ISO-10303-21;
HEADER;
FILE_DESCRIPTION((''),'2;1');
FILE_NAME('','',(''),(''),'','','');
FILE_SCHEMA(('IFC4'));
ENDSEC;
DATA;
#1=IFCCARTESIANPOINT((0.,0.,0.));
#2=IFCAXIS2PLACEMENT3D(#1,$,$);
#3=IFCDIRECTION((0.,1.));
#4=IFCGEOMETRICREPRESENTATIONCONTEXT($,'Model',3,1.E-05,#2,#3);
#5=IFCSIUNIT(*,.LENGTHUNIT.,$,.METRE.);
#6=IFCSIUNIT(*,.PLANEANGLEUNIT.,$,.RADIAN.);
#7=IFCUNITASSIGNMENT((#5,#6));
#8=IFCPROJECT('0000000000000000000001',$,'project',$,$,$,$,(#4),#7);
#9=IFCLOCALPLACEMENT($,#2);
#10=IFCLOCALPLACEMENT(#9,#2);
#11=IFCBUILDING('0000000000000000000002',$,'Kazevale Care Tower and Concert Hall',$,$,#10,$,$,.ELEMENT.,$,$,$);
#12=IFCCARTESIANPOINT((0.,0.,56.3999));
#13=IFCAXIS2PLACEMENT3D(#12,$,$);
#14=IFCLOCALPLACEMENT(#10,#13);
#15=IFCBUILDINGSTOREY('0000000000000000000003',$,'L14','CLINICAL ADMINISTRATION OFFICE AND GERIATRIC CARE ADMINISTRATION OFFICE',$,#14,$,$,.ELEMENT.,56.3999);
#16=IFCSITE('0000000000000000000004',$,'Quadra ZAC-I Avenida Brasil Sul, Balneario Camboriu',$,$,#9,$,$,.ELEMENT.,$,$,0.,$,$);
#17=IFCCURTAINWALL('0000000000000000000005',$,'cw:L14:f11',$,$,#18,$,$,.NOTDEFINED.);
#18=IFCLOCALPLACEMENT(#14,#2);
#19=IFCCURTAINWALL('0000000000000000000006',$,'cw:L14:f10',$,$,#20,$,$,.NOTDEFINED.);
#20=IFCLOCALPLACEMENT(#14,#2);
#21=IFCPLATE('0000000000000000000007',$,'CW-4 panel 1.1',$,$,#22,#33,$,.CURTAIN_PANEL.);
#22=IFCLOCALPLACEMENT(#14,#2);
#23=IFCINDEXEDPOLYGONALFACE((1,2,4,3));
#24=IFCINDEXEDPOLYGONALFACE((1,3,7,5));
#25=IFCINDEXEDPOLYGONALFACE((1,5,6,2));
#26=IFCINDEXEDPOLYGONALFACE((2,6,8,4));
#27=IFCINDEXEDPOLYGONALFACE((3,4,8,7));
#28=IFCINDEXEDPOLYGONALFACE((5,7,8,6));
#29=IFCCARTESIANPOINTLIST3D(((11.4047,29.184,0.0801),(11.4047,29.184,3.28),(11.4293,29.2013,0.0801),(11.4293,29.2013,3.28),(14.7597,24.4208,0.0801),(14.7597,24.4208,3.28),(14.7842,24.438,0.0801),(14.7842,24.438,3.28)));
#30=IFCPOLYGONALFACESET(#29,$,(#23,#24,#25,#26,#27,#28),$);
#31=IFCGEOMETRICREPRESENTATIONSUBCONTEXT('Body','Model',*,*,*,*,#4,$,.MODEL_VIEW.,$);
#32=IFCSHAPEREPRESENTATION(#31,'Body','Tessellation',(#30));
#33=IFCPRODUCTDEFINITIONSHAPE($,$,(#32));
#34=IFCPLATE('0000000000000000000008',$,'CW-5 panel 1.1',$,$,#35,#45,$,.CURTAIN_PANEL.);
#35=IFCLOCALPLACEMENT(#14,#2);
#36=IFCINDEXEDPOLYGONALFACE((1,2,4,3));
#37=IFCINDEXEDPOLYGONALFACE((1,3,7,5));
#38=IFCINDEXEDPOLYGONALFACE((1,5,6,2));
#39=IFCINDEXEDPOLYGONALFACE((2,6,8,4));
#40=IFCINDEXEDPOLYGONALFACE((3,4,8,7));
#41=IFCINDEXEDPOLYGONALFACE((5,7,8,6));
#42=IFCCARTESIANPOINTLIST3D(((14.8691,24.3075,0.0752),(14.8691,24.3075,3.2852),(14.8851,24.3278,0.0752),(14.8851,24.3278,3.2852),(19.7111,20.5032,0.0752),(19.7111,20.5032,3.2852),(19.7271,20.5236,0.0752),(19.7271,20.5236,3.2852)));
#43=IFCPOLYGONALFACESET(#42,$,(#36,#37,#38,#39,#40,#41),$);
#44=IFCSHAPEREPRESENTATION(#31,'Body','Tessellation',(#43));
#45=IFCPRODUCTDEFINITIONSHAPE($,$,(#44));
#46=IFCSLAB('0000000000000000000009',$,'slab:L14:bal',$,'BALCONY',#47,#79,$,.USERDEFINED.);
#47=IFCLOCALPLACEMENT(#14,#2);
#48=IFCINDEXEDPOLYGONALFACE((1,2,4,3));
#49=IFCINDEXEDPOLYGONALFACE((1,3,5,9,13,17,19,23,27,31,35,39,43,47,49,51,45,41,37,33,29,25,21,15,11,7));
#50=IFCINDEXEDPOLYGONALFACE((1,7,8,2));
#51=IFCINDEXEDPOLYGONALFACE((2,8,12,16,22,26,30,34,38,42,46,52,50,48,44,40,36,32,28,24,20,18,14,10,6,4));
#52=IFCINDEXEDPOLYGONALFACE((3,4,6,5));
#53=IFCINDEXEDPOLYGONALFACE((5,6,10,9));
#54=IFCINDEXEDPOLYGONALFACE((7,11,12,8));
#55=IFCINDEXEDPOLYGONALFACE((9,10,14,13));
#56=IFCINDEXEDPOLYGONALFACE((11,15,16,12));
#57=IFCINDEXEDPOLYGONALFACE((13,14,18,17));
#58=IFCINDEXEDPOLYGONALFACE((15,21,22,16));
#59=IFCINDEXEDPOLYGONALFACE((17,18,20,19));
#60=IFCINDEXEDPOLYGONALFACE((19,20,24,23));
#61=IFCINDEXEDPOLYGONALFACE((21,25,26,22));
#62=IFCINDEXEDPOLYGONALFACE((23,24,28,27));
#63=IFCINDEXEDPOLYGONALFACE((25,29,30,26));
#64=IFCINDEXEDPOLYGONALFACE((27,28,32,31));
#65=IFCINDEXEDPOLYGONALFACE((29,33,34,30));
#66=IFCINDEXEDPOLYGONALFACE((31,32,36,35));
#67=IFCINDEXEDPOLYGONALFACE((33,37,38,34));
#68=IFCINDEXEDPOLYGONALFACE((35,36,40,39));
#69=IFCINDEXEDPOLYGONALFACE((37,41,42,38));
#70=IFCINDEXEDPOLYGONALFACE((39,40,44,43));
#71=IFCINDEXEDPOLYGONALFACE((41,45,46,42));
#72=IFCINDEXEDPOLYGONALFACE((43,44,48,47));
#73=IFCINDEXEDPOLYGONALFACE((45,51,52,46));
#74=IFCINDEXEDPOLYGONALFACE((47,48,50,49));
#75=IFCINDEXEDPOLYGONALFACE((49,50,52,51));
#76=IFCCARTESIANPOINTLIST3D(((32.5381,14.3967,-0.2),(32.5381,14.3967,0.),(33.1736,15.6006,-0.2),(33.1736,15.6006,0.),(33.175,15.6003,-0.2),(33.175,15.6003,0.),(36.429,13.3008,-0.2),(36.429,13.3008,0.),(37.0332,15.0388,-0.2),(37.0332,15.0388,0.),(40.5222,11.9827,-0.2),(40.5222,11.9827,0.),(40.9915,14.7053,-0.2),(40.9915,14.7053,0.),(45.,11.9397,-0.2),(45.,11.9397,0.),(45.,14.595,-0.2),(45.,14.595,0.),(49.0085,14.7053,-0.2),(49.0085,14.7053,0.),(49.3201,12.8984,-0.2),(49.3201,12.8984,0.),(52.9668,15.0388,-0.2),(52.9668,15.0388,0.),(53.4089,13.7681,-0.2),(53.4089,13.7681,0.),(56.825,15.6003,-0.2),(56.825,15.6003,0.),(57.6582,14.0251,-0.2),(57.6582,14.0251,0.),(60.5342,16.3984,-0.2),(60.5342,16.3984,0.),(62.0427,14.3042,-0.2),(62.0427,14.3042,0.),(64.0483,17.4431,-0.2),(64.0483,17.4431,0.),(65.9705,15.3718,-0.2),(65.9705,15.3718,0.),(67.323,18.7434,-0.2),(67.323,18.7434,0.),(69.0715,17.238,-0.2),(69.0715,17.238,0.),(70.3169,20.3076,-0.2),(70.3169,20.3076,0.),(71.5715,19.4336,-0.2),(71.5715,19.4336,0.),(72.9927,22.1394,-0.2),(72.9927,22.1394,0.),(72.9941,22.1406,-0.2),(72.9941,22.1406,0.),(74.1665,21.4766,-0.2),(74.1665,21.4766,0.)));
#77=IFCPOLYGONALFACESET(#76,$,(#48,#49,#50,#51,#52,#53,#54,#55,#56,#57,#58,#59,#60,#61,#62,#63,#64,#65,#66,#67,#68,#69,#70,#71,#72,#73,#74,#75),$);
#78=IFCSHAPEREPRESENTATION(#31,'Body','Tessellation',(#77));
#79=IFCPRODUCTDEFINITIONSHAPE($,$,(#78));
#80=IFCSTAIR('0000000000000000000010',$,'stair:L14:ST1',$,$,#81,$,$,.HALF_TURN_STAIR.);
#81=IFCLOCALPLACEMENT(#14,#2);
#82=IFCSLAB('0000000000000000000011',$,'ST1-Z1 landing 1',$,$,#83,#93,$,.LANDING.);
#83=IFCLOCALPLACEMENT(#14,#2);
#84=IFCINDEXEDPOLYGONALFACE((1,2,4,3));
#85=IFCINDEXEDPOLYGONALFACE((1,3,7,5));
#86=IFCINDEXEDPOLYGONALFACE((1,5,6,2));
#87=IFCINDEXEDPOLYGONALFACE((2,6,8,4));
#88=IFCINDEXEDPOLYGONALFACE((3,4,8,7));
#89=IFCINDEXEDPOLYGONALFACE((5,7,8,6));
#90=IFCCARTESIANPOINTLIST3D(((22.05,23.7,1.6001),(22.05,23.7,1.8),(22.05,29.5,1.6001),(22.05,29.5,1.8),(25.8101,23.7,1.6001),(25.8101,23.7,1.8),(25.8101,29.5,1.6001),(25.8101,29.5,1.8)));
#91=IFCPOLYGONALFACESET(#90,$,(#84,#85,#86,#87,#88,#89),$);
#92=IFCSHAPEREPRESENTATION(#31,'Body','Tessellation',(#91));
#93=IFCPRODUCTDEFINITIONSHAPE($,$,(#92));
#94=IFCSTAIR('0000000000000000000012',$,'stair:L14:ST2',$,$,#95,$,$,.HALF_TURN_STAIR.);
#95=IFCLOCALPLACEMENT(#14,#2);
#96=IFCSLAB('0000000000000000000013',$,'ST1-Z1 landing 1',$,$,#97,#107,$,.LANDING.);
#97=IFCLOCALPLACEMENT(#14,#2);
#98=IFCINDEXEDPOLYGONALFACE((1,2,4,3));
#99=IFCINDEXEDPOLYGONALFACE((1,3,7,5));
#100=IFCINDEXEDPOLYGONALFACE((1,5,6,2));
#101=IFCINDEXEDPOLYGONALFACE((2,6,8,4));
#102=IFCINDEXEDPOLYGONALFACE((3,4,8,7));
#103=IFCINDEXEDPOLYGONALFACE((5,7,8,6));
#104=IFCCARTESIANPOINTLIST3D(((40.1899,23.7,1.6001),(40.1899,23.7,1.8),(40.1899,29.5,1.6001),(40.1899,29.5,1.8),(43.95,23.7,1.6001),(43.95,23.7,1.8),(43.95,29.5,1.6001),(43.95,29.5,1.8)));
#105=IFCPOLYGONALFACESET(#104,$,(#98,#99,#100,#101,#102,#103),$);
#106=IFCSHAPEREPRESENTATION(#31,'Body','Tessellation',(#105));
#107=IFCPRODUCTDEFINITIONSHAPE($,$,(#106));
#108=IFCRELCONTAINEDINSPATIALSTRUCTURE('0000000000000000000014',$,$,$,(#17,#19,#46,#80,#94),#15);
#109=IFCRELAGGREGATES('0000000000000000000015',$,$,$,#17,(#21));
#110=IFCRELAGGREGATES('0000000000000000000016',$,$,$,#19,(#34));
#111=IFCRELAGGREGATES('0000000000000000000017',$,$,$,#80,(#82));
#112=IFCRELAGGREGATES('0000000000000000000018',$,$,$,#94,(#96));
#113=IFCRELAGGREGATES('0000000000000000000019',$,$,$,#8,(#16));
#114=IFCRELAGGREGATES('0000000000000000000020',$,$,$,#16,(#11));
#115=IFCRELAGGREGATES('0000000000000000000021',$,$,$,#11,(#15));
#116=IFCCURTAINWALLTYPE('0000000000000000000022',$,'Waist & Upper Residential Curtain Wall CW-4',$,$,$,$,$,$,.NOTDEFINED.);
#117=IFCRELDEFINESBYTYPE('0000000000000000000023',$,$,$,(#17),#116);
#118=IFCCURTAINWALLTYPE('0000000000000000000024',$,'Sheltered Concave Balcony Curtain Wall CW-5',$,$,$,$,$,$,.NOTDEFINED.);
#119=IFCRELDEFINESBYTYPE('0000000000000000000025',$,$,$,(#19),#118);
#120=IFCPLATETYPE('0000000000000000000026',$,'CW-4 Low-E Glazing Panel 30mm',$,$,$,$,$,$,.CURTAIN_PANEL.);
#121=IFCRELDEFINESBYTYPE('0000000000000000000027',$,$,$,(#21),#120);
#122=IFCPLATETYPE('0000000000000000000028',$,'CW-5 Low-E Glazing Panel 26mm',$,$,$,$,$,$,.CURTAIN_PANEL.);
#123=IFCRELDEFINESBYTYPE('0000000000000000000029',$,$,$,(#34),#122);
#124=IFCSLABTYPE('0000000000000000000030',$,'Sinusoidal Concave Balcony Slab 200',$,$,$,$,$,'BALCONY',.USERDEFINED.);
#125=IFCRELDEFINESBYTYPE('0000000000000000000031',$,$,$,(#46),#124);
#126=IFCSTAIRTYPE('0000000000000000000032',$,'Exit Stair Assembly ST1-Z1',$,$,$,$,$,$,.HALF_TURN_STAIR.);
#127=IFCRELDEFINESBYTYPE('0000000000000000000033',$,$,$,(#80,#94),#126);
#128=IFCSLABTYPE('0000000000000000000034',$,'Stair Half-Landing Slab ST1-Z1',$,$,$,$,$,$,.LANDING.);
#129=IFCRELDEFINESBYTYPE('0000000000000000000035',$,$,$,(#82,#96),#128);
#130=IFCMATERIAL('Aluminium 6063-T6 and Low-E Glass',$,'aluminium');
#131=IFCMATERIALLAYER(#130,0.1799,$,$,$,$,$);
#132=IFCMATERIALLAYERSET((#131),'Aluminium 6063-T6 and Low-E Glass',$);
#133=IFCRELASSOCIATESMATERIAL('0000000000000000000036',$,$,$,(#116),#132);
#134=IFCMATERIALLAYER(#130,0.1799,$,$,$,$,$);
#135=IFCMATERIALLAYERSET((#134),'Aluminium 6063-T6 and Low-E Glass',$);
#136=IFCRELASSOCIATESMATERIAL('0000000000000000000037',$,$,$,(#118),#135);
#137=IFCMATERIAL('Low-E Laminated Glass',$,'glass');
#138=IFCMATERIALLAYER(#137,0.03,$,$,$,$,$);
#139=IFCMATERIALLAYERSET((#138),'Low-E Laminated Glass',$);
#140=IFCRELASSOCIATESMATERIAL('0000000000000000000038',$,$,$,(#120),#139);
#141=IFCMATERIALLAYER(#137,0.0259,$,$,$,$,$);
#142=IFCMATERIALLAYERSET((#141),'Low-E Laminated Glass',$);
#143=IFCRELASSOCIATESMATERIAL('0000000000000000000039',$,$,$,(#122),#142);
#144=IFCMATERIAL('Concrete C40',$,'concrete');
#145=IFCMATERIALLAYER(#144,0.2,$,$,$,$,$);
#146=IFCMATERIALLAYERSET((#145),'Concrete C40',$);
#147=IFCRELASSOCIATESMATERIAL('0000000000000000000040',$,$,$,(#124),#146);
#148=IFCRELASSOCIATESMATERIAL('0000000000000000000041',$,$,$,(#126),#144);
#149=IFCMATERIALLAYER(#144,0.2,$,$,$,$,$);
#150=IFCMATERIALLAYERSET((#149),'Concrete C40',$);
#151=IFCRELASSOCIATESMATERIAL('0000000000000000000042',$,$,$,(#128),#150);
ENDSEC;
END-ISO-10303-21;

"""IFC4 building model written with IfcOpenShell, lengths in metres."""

from ifc_helpers import new_model, si_unit, direction, frame, origin, origin_2d, place, context, subcontext, project, spatial, polyline, rectangle, outline, extrude, material, layer, layer_set, type_object, element, aggregate, save


model = new_model("IFC4")

# Units and contexts
model_context = context("Model", 3, precision=1e-05, world=origin(), true_north=direction((0.0, 1.0)))
body_context = subcontext(model_context, "Body", "Model", "MODEL_VIEW")
ifc_project = project(units=[si_unit("LENGTHUNIT", "METRE"), si_unit("PLANEANGLEUNIT", "RADIAN")], contexts=[model_context])

# Site, building, storey
site_placement = place(None, origin())
site = spatial("IfcSite", under=ifc_project, at=site_placement, Name="Quadra ZAC-I Avenida Brasil Sul, Balneario Camboriu", CompositionType="ELEMENT", RefElevation=0.0)
building_placement = place(site_placement, origin())
building = spatial("IfcBuilding", under=site, at=building_placement, Name="Kazevale Care Tower and Concert Hall", CompositionType="ELEMENT")
storey_placement = place(building_placement, frame((0.0, 0.0, 56.3999)))
storey = spatial("IfcBuildingStorey", under=building, at=storey_placement, Name="L14", Description="CLINICAL ADMINISTRATION OFFICE AND GERIATRIC CARE ADMINISTRATION OFFICE", CompositionType="ELEMENT", Elevation=56.3999)

# Curtain wall
ifc_material_1 = material(Name="Aluminium 6063-T6 and Low-E Glass", Category="aluminium")
ifc_layer_1 = layer(ifc_material_1, 0.1799)
ifc_layer_set_1 = layer_set([ifc_layer_1], Name="Aluminium 6063-T6 and Low-E Glass")
curtain_wall_type_1 = type_object("IfcCurtainWallType", Name="Waist & Upper Residential Curtain Wall CW-4", PredefinedType="NOTDEFINED", material=ifc_layer_set_1)
curtain_wall_1_placement = place(storey_placement, origin())
curtain_wall_1 = element("IfcCurtainWall", 1, at=curtain_wall_1_placement, inside=storey, type_object=curtain_wall_type_1, Name="cw:L14:f11", PredefinedType="NOTDEFINED")

# Shared definitions
ifc_layer_2 = layer(ifc_material_1, 0.1799)
ifc_layer_set_2 = layer_set([ifc_layer_2], Name="Aluminium 6063-T6 and Low-E Glass")
curtain_wall_type_2 = type_object("IfcCurtainWallType", Name="Sheltered Concave Balcony Curtain Wall CW-5", PredefinedType="NOTDEFINED", material=ifc_layer_set_2)

# Curtain wall
curtain_wall_2_placement = place(storey_placement, origin())
curtain_wall_2 = element("IfcCurtainWall", 2, at=curtain_wall_2_placement, inside=storey, type_object=curtain_wall_type_2, Name="cw:L14:f10", PredefinedType="NOTDEFINED")

# Plates
ifc_material_2 = material(Name="Low-E Laminated Glass", Category="glass")
ifc_layer_3 = layer(ifc_material_2, 0.03)
ifc_layer_set_3 = layer_set([ifc_layer_3], Name="Low-E Laminated Glass")
plate_type_1 = type_object("IfcPlateType", Name="CW-4 Low-E Glazing Panel 30mm", PredefinedType="CURTAIN_PANEL", material=ifc_layer_set_3)
plate_1_placement = place(storey_placement, frame((13.0945, 26.811, 0.0801), z_axis=(0.0, 0.0, 1.0), x_axis=(-0.575837, 0.817565, 0.0)))
plate_1 = element("IfcPlate", 3, at=plate_1_placement, type_object=plate_type_1, Name="CW-4 panel 1.1", PredefinedType="CURTAIN_PANEL", context=body_context, shape_type="SweptSolid", body=[
    extrude(rectangle(XDim=5.8262, YDim=0.03, at=origin_2d()), origin(), (0.0, 0.0, 1.0), 3.2),
])
aggregate(curtain_wall_1, [plate_1])
ifc_layer_4 = layer(ifc_material_2, 0.0259)
ifc_layer_set_4 = layer_set([ifc_layer_4], Name="Low-E Laminated Glass")
plate_type_2 = type_object("IfcPlateType", Name="CW-5 Low-E Glazing Panel 26mm", PredefinedType="CURTAIN_PANEL", material=ifc_layer_set_4)
plate_2_placement = place(storey_placement, frame((17.2981, 22.4155, 0.0752), z_axis=(0.0, 0.0, 1.0), x_axis=(-0.786329, 0.617808, 0.0)))
plate_2 = element("IfcPlate", 4, at=plate_2_placement, type_object=plate_type_2, Name="CW-5 panel 1.1", PredefinedType="CURTAIN_PANEL", context=body_context, shape_type="SweptSolid", body=[
    extrude(rectangle(XDim=6.1577, YDim=0.0259, at=origin_2d()), origin(), (0.0, 0.0, 1.0), 3.21),
])
aggregate(curtain_wall_2, [plate_2])

# Slab
ifc_material_3 = material(Name="Concrete C40", Category="concrete")
ifc_layer_5 = layer(ifc_material_3, 0.2)
ifc_layer_set_5 = layer_set([ifc_layer_5], Name="Concrete C40")
slab_type_1 = type_object("IfcSlabType", Name="Sinusoidal Concave Balcony Slab 200", ElementType="BALCONY", PredefinedType="USERDEFINED", material=ifc_layer_set_5)
slab_1_placement = place(storey_placement, frame((0.0, 0.0, -0.2)))
element("IfcSlab", 5, at=slab_1_placement, inside=storey, type_object=slab_type_1, Name="slab:L14:bal", ObjectType="BALCONY", PredefinedType="USERDEFINED", context=body_context, shape_type="SweptSolid", body=[
    extrude(outline(polyline([(74.1665, 21.4766), (71.5715, 19.4336), (69.0715, 17.238), (65.9705, 15.3718), (62.0427, 14.3042), (57.6582, 14.0251), (53.4089, 13.7681), (49.3201, 12.8984), (45.0, 11.9397), (40.5222, 11.9827), (36.429, 13.3008), (32.5381, 14.3967), (33.1736, 15.6006), (33.175, 15.6003), (37.0332, 15.0388), (40.9915, 14.7053), (45.0, 14.595), (49.0085, 14.7053), (52.9668, 15.0388), (56.825, 15.6003), (60.5342, 16.3984), (64.0483, 17.4431), (67.323, 18.7434), (70.3169, 20.3076), (72.9927, 22.1394), (72.9941, 22.1406), (74.1665, 21.4766)])), origin(), (0.0, 0.0, 1.0), 0.2),
])

# Stairs, slabs
stair_type = type_object("IfcStairType", Name="Exit Stair Assembly ST1-Z1", PredefinedType="HALF_TURN_STAIR", material=ifc_material_3)
stair_1_placement = place(storey_placement, origin())
stair_1 = element("IfcStair", 6, at=stair_1_placement, inside=storey, type_object=stair_type, Name="stair:L14:ST1", PredefinedType="HALF_TURN_STAIR")
ifc_layer_6 = layer(ifc_material_3, 0.2)
ifc_layer_set_6 = layer_set([ifc_layer_6], Name="Concrete C40")
slab_type_2 = type_object("IfcSlabType", Name="Stair Half-Landing Slab ST1-Z1", PredefinedType="LANDING", material=ifc_layer_set_6)
slab_2_placement = place(storey_placement, frame((0.0, 0.0, 1.6001)))
slab_2 = element("IfcSlab", 7, at=slab_2_placement, type_object=slab_type_2, Name="ST1-Z1 landing 1", PredefinedType="LANDING", context=body_context, shape_type="SweptSolid", body=[
    extrude(outline(polyline([(22.05, 23.7), (25.8101, 23.7), (25.8101, 29.5), (22.05, 29.5), (22.05, 23.7)])), origin(), (0.0, 0.0, 1.0), 0.2),
])
aggregate(stair_1, [slab_2])
stair_2_placement = place(storey_placement, origin())
stair_2 = element("IfcStair", 8, at=stair_2_placement, inside=storey, type_object=stair_type, Name="stair:L14:ST2", PredefinedType="HALF_TURN_STAIR")
slab_3_placement = place(storey_placement, frame((0.0, 0.0, 1.6001)))
slab_3 = element("IfcSlab", 9, at=slab_3_placement, type_object=slab_type_2, Name="ST1-Z1 landing 1", PredefinedType="LANDING", context=body_context, shape_type="SweptSolid", body=[
    extrude(outline(polyline([(40.1899, 23.7), (43.95, 23.7), (43.95, 29.5), (40.1899, 29.5), (40.1899, 23.7)])), origin(), (0.0, 0.0, 1.0), 0.2),
])
aggregate(stair_2, [slab_3])

save(model, "model.ifc")
